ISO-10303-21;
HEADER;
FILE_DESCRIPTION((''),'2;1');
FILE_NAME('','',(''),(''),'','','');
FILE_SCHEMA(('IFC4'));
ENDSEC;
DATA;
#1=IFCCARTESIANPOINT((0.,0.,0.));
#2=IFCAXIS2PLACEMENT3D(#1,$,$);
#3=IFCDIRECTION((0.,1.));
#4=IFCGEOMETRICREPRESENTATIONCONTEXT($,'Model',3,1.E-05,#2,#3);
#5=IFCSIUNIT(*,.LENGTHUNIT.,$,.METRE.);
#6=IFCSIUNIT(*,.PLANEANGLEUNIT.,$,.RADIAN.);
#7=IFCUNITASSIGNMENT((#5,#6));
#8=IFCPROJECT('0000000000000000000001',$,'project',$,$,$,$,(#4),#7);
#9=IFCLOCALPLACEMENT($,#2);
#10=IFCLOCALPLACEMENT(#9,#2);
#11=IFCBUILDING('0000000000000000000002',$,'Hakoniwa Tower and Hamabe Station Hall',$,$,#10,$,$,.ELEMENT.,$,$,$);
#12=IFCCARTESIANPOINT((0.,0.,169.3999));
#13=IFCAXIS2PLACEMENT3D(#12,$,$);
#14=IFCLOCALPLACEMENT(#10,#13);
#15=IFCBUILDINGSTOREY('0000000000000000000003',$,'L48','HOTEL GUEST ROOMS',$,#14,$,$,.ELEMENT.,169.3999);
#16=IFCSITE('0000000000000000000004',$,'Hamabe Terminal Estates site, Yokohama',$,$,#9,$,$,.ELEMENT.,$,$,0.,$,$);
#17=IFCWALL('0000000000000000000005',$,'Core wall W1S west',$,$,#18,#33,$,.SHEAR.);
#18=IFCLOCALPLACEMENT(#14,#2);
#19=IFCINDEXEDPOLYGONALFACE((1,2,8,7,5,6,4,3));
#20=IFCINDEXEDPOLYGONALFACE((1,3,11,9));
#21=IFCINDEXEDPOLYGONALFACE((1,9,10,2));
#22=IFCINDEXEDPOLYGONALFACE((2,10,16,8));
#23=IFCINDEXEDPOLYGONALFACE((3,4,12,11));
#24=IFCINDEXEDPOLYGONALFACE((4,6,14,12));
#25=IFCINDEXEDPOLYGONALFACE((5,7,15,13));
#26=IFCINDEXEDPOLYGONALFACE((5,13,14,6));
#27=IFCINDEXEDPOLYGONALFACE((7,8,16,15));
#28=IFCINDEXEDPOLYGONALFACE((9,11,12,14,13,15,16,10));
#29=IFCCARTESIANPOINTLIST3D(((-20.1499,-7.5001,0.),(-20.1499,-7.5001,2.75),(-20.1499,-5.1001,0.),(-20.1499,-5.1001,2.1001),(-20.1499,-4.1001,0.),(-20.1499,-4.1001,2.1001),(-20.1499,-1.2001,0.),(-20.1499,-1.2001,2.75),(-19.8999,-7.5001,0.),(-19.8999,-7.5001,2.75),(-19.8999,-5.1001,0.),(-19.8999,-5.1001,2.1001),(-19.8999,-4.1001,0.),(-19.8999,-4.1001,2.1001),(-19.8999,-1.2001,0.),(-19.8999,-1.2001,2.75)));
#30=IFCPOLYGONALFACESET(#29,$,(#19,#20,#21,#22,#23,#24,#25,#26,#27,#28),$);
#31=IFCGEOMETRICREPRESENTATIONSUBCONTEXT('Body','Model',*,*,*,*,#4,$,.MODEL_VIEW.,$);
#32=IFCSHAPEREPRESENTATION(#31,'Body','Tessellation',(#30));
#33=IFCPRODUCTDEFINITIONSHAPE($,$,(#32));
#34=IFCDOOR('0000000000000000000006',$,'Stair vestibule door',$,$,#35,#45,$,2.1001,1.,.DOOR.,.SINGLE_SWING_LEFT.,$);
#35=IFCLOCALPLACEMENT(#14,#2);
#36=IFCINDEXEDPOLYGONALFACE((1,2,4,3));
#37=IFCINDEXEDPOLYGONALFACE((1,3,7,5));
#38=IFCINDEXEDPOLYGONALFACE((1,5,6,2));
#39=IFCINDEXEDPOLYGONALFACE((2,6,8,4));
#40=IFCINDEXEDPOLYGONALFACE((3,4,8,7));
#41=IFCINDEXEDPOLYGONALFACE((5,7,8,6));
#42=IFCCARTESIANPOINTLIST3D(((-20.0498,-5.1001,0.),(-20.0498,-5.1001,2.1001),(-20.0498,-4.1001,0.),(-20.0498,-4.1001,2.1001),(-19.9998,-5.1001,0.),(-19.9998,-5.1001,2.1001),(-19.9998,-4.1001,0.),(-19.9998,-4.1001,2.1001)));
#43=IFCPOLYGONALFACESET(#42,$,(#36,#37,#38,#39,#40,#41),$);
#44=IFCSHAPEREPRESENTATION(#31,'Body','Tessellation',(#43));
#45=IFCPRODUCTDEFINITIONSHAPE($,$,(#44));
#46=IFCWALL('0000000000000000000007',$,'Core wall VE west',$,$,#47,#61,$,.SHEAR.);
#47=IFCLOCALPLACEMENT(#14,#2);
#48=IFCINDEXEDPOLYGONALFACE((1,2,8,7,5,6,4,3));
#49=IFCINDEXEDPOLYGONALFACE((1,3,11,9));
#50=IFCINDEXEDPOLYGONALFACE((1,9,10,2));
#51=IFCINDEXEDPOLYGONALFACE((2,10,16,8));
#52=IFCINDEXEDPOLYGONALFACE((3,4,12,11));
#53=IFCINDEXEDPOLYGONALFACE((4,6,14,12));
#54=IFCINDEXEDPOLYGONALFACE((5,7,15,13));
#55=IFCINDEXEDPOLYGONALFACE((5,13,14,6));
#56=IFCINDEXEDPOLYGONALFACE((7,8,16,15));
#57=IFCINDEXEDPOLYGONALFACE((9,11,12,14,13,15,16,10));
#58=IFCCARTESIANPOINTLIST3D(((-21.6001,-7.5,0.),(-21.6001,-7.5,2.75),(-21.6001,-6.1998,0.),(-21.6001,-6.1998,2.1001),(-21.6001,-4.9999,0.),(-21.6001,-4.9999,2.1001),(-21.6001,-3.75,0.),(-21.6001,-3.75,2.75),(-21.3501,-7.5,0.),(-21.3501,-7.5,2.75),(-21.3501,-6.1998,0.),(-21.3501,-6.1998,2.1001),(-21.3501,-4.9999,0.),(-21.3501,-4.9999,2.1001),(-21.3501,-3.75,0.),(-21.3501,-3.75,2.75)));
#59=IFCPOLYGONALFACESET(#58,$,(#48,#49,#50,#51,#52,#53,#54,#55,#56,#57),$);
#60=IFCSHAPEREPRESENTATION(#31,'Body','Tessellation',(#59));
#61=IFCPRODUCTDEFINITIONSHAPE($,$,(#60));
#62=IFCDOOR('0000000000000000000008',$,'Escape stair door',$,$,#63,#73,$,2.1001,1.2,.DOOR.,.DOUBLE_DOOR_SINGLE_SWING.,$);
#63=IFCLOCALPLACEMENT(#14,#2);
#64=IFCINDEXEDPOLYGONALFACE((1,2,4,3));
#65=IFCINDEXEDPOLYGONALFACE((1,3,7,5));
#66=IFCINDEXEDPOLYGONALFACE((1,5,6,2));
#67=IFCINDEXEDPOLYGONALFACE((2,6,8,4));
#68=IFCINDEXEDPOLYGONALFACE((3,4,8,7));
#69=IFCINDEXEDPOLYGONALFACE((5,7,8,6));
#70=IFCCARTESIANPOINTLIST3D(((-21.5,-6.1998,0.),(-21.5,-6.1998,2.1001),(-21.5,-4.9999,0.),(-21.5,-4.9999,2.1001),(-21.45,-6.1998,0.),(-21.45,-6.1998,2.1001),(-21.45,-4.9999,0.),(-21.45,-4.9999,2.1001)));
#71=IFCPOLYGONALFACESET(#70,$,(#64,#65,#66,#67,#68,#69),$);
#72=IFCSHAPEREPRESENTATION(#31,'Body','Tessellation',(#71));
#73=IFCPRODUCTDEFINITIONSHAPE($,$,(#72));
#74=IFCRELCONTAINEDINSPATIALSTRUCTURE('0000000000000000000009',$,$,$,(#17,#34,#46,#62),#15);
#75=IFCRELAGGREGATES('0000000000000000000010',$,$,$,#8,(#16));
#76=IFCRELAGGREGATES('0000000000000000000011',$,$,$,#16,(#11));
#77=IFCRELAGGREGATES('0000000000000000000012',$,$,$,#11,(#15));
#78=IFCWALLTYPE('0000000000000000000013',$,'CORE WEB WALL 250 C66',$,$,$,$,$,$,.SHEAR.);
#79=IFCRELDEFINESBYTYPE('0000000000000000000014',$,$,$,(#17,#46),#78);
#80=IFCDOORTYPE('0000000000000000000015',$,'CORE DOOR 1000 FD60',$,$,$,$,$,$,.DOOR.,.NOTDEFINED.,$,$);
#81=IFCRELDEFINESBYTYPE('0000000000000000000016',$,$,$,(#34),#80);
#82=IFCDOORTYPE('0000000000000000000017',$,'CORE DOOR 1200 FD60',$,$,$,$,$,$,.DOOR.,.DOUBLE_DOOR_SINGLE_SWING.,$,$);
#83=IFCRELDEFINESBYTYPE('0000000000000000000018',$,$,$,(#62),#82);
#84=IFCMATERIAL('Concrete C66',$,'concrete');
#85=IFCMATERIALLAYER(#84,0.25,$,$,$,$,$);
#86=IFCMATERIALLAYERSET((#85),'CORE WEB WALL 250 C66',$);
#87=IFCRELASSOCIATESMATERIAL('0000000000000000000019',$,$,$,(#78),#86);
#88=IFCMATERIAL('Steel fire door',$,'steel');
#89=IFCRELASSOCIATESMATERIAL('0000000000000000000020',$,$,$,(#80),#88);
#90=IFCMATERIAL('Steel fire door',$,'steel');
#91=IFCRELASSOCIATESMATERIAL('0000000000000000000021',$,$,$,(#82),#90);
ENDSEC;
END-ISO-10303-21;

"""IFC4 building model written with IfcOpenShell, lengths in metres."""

from ifc_helpers import new_model, si_unit, direction, frame, frame_2d, origin, place, context, subcontext, project, spatial, rectangle, extrude, material, layer, layer_set, type_object, element, fill, save


model = new_model("IFC4")

# Units and contexts
model_context = context("Model", 3, precision=1e-05, world=origin(), true_north=direction((0.0, 1.0)))
body_context = subcontext(model_context, "Body", "Model", "MODEL_VIEW")
ifc_project = project(units=[si_unit("LENGTHUNIT", "METRE"), si_unit("PLANEANGLEUNIT", "RADIAN")], contexts=[model_context])

# Site, building, storey
site_placement = place(None, origin())
site = spatial("IfcSite", under=ifc_project, at=site_placement, Name="Hamabe Terminal Estates site, Yokohama", CompositionType="ELEMENT", RefElevation=0.0)
building_placement = place(site_placement, origin())
building = spatial("IfcBuilding", under=site, at=building_placement, Name="Hakoniwa Tower and Hamabe Station Hall", CompositionType="ELEMENT")
storey_placement = place(building_placement, frame((0.0, 0.0, 169.3999)))
storey = spatial("IfcBuildingStorey", under=building, at=storey_placement, Name="L48", Description="HOTEL GUEST ROOMS", CompositionType="ELEMENT", Elevation=169.3999)

# Walls, openings, doors
ifc_material_1 = material(Name="Concrete C66", Category="concrete")
ifc_layer_1 = layer(ifc_material_1, 0.25)
ifc_layer_set_1 = layer_set([ifc_layer_1], Name="CORE WEB WALL 250 C66")
wall_type_1 = type_object("IfcWallType", Name="CORE WEB WALL 250 C66", PredefinedType="SHEAR", material=ifc_layer_set_1)
wall_1_placement = place(storey_placement, frame((-20.0249, -7.5, 0.0), z_axis=(0.0, 0.0, 1.0), x_axis=(0.0, 1.0, 0.0)))
wall_1 = element("IfcWall", 1, at=wall_1_placement, inside=storey, type_object=wall_type_1, Name="Core wall W1S west", PredefinedType="SHEAR", context=body_context, shape_type="SweptSolid", body=[
    extrude(rectangle(XDim=6.3, YDim=0.25, at=frame_2d((3.1499, 0.0))), origin(), (0.0, 0.0, 1.0), 2.75),
])
opening_1_placement = place(wall_1_placement, frame((2.3999, 0.0, 0.0)))
opening_1 = element("IfcOpeningElement", 2, at=opening_1_placement, cuts=wall_1, PredefinedType="OPENING", context=body_context, shape_type="SweptSolid", body=[
    extrude(rectangle(XDim=1.0, YDim=2.1001, at=frame_2d((0.5, 1.05))), frame((0.0, 0.135, 0.0), z_axis=(0.0, -1.0, 0.0), x_axis=(1.0, 0.0, 0.0)), (0.0, 0.0, 1.0), 0.27),
])
ifc_material_2 = material(Name="Steel fire door", Category="steel")
door_type_1 = type_object("IfcDoorType", Name="CORE DOOR 1000 FD60", OperationType="NOTDEFINED", PredefinedType="DOOR", material=ifc_material_2)
door_1_placement = place(opening_1_placement, origin())
door_1 = element("IfcDoor", 3, at=door_1_placement, inside=storey, type_object=door_type_1, Name="Stair vestibule door", OperationType="SINGLE_SWING_LEFT", OverallHeight=2.1001, OverallWidth=1.0, PredefinedType="DOOR", context=body_context, shape_type="SweptSolid", body=[
    extrude(rectangle(XDim=1.0, YDim=2.1001, at=frame_2d((0.5, 1.05))), frame((0.0, 0.0249, 0.0), z_axis=(0.0, -1.0, 0.0), x_axis=(1.0, 0.0, 0.0)), (0.0, 0.0, 1.0), 0.05),
])
fill(opening_1, door_1)
wall_2_placement = place(storey_placement, frame((-21.4751, -7.5, 0.0), z_axis=(0.0, 0.0, 1.0), x_axis=(0.0, 1.0, 0.0)))
wall_2 = element("IfcWall", 4, at=wall_2_placement, inside=storey, type_object=wall_type_1, Name="Core wall VE west", PredefinedType="SHEAR", context=body_context, shape_type="SweptSolid", body=[
    extrude(rectangle(XDim=3.75, YDim=0.25, at=frame_2d((1.875, 0.0))), origin(), (0.0, 0.0, 1.0), 2.75),
])
opening_2_placement = place(wall_2_placement, frame((1.3, 0.0, 0.0)))
opening_2 = element("IfcOpeningElement", 5, at=opening_2_placement, cuts=wall_2, PredefinedType="OPENING", context=body_context, shape_type="SweptSolid", body=[
    extrude(rectangle(XDim=1.2, YDim=2.1001, at=frame_2d((0.6001, 1.05))), frame((0.0, 0.135, 0.0), z_axis=(0.0, -1.0, 0.0), x_axis=(1.0, 0.0, 0.0)), (0.0, 0.0, 1.0), 0.27),
])
ifc_material_3 = material(Name="Steel fire door", Category="steel")
door_type_2 = type_object("IfcDoorType", Name="CORE DOOR 1200 FD60", OperationType="DOUBLE_DOOR_SINGLE_SWING", PredefinedType="DOOR", material=ifc_material_3)
door_2_placement = place(opening_2_placement, origin())
door_2 = element("IfcDoor", 6, at=door_2_placement, inside=storey, type_object=door_type_2, Name="Escape stair door", OperationType="DOUBLE_DOOR_SINGLE_SWING", OverallHeight=2.1001, OverallWidth=1.2, PredefinedType="DOOR", context=body_context, shape_type="SweptSolid", body=[
    extrude(rectangle(XDim=1.2, YDim=2.1001, at=frame_2d((0.6001, 1.05))), frame((0.0, 0.0249, 0.0), z_axis=(0.0, -1.0, 0.0), x_axis=(1.0, 0.0, 0.0)), (0.0, 0.0, 1.0), 0.05),
])
fill(opening_2, door_2)

save(model, "model.ifc")
